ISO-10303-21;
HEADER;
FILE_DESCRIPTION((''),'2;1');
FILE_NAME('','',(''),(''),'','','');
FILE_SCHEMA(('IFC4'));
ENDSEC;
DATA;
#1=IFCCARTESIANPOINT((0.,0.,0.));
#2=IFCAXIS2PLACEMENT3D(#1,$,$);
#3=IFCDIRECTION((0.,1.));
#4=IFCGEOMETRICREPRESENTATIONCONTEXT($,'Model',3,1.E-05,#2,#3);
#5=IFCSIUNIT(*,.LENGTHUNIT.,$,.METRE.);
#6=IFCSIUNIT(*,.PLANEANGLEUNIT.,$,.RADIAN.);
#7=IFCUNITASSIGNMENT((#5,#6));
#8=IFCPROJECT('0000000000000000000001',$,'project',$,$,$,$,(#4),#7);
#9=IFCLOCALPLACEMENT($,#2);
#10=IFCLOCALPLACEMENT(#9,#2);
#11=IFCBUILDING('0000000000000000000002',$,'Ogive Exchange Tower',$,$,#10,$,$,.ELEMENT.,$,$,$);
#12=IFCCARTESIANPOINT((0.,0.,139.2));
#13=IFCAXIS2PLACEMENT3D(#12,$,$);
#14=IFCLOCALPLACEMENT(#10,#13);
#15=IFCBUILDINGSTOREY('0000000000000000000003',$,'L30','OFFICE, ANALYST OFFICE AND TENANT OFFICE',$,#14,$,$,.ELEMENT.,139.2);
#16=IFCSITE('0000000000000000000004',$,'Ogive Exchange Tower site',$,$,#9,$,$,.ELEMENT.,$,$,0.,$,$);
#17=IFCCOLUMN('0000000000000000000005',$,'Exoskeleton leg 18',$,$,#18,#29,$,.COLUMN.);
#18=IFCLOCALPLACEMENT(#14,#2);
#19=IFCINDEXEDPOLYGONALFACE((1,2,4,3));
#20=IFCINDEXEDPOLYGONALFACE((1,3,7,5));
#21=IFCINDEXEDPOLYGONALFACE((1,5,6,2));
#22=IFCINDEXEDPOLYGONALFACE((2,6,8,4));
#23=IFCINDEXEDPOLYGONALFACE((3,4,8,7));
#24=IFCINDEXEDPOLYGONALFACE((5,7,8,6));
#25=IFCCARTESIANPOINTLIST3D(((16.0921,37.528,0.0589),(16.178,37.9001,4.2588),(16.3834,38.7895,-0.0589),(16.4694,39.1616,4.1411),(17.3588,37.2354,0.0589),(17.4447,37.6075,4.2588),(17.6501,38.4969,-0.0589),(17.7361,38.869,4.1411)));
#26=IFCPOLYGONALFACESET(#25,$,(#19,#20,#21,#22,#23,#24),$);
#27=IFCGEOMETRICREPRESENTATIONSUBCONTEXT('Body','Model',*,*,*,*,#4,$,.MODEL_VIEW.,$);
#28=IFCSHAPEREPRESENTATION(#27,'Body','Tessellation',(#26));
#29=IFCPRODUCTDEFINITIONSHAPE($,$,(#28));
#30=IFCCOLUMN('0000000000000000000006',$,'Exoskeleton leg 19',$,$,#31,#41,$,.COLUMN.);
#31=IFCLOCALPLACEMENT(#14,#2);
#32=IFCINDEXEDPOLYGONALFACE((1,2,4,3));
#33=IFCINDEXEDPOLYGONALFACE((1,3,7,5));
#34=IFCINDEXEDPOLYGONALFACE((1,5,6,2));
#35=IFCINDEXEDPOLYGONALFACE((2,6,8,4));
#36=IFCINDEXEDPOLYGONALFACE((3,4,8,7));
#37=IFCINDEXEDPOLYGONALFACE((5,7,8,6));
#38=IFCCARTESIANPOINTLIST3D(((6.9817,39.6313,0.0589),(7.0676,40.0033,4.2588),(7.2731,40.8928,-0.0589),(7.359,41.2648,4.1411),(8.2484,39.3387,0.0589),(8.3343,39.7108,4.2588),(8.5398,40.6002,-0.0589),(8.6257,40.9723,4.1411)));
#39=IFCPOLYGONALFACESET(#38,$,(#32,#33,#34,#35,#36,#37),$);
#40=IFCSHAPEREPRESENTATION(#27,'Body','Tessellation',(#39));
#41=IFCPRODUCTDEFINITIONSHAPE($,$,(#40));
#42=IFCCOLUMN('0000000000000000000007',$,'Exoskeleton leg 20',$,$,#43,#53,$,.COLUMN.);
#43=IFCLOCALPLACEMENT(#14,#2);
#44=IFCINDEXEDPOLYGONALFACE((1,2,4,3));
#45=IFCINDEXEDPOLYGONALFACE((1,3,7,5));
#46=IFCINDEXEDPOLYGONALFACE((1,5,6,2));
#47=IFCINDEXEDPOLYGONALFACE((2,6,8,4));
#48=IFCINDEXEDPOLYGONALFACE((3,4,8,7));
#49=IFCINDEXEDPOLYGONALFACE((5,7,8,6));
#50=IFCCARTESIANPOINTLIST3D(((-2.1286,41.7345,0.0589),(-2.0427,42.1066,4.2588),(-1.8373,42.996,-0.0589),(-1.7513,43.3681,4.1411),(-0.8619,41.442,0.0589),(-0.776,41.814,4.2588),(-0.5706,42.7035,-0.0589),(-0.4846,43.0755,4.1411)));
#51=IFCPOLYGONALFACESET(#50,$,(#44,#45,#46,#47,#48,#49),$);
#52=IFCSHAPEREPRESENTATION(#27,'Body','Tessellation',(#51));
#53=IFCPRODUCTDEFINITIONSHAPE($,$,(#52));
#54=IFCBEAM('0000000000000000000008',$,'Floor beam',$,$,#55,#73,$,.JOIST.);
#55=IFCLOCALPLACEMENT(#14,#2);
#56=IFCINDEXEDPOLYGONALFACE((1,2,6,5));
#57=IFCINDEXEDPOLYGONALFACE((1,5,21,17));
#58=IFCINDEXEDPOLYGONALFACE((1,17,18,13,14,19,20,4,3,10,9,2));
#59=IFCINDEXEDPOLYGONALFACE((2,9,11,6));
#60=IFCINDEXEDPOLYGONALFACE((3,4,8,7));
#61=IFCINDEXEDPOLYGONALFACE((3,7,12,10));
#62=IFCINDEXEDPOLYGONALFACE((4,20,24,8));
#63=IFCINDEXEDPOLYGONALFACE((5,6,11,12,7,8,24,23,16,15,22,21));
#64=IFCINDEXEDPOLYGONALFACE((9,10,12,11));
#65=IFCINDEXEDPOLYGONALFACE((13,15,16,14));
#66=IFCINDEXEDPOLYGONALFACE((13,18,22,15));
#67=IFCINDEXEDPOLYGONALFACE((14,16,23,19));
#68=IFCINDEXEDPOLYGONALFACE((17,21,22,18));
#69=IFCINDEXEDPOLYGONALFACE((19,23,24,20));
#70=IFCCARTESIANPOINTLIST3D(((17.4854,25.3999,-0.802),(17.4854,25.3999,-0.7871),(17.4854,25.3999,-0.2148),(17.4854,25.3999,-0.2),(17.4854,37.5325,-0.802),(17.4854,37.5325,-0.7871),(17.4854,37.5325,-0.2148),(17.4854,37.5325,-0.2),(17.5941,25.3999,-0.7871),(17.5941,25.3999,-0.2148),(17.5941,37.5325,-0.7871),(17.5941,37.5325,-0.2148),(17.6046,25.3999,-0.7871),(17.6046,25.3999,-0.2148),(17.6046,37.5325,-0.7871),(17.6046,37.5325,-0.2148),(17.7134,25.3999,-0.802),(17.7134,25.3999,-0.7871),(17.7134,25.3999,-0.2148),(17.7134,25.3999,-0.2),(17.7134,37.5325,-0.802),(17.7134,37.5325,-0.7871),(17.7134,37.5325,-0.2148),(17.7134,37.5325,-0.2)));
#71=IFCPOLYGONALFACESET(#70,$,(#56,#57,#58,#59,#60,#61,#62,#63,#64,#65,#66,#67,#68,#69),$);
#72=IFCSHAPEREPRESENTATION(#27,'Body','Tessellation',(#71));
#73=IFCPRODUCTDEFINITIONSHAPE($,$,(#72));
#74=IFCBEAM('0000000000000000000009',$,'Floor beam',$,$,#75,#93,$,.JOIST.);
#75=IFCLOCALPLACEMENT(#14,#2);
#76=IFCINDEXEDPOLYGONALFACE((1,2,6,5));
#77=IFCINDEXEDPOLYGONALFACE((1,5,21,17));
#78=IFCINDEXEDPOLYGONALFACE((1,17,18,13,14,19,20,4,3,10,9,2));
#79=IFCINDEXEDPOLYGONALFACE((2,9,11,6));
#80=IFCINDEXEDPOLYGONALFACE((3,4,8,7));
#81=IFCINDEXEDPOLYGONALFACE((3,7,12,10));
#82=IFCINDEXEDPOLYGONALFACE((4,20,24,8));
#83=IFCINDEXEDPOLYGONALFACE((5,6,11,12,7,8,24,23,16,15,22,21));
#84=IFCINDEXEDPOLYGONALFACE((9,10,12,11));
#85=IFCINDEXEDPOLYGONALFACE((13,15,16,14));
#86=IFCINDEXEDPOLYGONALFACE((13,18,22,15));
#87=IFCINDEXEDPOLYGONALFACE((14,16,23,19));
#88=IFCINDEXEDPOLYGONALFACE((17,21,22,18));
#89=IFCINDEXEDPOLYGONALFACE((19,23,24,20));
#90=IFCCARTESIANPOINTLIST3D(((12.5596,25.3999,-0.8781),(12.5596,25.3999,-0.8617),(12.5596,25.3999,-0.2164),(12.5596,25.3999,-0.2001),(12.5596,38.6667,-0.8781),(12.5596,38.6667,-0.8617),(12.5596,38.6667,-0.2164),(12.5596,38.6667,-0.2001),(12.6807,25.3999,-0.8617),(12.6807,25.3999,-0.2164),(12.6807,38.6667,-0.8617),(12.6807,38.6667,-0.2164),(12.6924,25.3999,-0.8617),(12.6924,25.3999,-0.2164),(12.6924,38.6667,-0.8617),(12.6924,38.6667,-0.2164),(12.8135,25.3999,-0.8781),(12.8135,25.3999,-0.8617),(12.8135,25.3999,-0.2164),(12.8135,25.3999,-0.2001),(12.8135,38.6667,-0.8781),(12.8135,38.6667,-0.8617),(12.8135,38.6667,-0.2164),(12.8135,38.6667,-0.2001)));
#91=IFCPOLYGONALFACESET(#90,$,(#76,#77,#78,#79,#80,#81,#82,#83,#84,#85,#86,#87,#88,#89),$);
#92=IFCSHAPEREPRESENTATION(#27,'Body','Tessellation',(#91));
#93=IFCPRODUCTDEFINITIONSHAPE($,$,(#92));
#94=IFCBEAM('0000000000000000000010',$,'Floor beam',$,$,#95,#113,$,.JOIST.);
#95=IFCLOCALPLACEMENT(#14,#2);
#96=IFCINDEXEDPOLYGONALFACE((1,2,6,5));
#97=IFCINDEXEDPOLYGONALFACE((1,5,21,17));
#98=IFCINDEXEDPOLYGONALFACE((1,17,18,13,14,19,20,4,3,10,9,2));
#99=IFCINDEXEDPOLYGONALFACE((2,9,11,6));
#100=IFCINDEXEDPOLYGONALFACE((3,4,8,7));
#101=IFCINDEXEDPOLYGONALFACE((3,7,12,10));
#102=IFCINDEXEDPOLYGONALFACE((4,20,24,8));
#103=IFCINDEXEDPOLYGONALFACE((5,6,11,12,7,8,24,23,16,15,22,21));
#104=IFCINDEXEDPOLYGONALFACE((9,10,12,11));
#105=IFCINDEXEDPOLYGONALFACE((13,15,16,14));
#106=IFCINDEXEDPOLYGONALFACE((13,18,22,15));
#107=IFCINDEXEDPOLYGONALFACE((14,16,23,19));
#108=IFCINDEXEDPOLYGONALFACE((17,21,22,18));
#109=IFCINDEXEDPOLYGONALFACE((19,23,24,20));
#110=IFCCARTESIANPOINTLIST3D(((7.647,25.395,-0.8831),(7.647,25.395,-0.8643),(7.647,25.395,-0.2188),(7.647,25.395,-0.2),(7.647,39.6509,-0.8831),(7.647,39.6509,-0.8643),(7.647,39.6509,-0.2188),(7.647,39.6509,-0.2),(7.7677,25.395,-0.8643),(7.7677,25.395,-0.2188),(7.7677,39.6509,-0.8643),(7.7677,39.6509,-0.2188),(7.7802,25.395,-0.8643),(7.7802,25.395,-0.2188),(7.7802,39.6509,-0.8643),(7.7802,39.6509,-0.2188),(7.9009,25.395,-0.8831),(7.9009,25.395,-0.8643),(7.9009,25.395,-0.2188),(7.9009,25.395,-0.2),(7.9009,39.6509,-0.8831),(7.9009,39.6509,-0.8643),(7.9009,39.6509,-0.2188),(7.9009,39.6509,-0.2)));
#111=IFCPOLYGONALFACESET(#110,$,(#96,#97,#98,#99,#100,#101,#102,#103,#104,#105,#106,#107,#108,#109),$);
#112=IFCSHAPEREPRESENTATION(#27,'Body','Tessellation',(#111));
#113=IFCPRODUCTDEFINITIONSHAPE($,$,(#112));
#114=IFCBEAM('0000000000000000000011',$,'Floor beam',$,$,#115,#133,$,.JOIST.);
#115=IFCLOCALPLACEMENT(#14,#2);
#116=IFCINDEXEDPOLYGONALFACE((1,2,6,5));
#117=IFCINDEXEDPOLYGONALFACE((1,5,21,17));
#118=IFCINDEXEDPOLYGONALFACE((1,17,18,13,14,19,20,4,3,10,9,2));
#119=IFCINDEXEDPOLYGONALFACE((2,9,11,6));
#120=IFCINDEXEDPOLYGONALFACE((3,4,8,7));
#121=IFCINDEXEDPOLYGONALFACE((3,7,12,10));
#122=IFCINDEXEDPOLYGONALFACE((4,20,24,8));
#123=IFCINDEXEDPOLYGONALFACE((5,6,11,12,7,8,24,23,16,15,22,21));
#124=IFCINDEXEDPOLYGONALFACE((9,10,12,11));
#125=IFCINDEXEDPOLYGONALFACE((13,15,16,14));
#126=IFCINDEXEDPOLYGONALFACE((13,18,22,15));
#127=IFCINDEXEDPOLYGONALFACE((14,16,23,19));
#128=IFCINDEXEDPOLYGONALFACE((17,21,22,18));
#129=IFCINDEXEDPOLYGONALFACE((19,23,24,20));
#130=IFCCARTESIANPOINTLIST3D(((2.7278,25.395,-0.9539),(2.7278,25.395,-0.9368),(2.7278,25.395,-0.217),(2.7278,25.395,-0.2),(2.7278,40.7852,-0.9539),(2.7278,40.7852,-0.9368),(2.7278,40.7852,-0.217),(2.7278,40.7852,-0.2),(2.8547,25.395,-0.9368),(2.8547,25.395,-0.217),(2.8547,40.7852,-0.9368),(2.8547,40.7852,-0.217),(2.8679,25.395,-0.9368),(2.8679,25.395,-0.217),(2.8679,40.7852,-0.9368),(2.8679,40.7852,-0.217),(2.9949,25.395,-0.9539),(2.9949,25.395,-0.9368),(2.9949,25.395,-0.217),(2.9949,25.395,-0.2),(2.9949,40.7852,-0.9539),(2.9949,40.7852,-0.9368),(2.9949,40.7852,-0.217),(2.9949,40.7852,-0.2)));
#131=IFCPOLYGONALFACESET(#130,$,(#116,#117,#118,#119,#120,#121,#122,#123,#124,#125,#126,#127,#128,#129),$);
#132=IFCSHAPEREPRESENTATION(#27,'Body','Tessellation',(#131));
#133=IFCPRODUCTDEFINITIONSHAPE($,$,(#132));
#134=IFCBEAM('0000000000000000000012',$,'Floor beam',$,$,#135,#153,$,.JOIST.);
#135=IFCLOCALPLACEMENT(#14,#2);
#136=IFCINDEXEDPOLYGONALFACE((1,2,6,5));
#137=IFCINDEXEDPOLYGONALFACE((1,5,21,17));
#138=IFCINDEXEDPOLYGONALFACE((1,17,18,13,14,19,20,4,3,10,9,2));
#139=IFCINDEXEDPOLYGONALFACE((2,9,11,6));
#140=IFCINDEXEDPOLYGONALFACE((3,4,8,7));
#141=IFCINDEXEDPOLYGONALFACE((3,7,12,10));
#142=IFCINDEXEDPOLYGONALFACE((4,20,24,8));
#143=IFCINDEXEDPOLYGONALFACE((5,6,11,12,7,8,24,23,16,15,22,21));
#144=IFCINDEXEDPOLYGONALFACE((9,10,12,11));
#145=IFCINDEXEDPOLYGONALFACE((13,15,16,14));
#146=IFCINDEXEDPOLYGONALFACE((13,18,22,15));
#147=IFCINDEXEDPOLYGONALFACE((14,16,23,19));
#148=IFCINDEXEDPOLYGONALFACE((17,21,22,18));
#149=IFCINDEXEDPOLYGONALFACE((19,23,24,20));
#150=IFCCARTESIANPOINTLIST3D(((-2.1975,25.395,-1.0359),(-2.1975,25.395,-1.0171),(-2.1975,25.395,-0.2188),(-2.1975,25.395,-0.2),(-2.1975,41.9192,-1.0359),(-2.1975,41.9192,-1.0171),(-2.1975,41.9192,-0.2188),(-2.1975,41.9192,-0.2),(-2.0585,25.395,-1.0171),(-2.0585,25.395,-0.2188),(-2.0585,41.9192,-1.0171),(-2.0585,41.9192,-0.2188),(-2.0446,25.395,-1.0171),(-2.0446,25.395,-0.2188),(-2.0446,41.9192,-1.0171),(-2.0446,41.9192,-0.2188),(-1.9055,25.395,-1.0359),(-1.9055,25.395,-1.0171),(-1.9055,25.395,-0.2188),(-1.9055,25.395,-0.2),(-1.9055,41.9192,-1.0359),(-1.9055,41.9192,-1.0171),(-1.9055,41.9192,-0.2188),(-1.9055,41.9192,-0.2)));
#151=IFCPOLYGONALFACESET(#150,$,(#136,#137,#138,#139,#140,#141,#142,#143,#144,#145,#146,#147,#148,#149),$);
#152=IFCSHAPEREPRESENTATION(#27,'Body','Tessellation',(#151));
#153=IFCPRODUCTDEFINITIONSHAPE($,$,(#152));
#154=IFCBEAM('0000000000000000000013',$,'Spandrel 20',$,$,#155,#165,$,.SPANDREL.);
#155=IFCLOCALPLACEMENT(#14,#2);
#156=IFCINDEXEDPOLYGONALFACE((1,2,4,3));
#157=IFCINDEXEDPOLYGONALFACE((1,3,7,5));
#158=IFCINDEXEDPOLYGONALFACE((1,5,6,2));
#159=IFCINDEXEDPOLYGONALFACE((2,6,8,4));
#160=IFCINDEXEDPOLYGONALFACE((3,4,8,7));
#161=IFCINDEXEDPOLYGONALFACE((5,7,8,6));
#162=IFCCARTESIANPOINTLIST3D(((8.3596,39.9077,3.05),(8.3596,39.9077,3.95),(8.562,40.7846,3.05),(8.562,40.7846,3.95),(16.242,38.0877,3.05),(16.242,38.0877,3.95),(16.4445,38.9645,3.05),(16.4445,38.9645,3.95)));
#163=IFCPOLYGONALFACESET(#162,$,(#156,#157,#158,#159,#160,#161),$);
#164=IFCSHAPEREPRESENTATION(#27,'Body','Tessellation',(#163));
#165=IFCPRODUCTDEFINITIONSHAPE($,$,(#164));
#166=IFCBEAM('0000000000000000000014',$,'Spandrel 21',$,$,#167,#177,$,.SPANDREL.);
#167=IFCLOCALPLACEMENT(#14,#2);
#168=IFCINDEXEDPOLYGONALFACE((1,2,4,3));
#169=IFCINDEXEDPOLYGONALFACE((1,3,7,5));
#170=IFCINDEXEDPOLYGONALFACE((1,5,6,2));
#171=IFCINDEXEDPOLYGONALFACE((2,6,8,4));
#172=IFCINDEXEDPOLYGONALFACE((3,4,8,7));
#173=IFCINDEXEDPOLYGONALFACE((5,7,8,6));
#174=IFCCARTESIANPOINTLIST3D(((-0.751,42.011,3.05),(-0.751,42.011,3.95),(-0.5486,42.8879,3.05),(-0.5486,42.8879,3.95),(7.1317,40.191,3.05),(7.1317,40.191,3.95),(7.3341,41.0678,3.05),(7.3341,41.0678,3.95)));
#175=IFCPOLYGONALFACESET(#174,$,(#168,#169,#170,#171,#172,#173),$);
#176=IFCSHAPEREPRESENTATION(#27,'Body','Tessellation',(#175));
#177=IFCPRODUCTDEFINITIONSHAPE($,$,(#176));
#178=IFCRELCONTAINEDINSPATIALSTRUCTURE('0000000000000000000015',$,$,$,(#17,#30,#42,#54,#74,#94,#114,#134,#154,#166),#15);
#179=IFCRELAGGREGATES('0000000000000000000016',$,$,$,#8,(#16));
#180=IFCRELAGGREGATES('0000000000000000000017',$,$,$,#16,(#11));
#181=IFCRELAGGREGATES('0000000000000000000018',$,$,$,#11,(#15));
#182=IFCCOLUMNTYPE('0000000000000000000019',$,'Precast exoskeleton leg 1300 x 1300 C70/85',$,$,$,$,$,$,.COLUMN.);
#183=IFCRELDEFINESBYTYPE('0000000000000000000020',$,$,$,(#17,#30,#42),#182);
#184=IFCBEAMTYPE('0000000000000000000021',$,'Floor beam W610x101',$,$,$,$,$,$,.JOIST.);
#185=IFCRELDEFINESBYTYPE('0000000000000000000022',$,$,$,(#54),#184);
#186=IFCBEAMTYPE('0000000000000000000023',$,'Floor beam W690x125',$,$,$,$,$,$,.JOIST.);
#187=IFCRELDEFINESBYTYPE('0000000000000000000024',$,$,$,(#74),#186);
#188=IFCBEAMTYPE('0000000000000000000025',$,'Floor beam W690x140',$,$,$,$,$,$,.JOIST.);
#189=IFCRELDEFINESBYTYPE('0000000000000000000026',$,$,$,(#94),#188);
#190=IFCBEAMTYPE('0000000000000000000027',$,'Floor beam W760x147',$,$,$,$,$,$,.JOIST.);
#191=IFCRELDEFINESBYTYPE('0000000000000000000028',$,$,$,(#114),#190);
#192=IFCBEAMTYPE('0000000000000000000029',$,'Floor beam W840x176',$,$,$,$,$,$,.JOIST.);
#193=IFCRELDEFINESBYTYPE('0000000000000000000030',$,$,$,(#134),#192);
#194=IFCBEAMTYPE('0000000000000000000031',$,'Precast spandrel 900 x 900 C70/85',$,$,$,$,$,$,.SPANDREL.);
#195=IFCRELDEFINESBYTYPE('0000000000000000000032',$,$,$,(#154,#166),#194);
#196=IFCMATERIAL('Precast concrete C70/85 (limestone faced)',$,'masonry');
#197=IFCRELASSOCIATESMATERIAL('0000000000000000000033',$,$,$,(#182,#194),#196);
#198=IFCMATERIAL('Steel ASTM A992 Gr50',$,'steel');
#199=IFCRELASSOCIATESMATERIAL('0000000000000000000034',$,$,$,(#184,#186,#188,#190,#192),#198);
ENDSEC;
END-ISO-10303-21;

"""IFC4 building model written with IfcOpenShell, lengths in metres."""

from ifc_helpers import new_model, si_unit, direction, frame, origin, origin_2d, place, context, subcontext, project, spatial, rectangle, i_section, extrude, material, material_profile, profile_set, type_object, element, save


model = new_model("IFC4")

# Units and contexts
model_context = context("Model", 3, precision=1e-05, world=origin(), true_north=direction((0.0, 1.0)))
body_context = subcontext(model_context, "Body", "Model", "MODEL_VIEW")
ifc_project = project(units=[si_unit("LENGTHUNIT", "METRE"), si_unit("PLANEANGLEUNIT", "RADIAN")], contexts=[model_context])

# Site, building, storey
site_placement = place(None, origin())
site = spatial("IfcSite", under=ifc_project, at=site_placement, Name="Ogive Exchange Tower site", CompositionType="ELEMENT", RefElevation=0.0)
building_placement = place(site_placement, origin())
building = spatial("IfcBuilding", under=site, at=building_placement, Name="Ogive Exchange Tower", CompositionType="ELEMENT")
storey_placement = place(building_placement, frame((0.0, 0.0, 139.2)))
storey = spatial("IfcBuildingStorey", under=building, at=storey_placement, Name="L30", Description="OFFICE, ANALYST OFFICE AND TENANT OFFICE", CompositionType="ELEMENT", Elevation=139.2)

# Columns
ifc_material_1 = material(Name="Precast concrete C70/85 (limestone faced)", Category="masonry")
ifc_material_profile_1 = material_profile(ifc_material_1, rectangle(XDim=1.3, YDim=1.3, at=origin_2d()), Name="1300 x 1300")
ifc_profile_set_1 = profile_set([ifc_material_profile_1], Name="Precast concrete C70/85 (limestone faced)")
column_type = type_object("IfcColumnType", Name="Precast exoskeleton leg 1300 x 1300 C70/85", PredefinedType="COLUMN", material=ifc_profile_set_1)
for number, where, z_axis, x_axis, name in (
    (1, (16.8711, 38.0125, 0.0), (0.020377, 0.088225, 0.995892), (-0.974348, 0.225046, 0.0), "Exoskeleton leg 18"),
    (2, (7.7607, 40.1157, 0.0), (0.020377, 0.088225, 0.995892), (-0.974348, 0.225046, 0.0), "Exoskeleton leg 19"),
    (3, (-1.3496, 42.219, 0.0), (0.020377, 0.088225, 0.995892), (-0.974348, 0.225046, 0.0), "Exoskeleton leg 20"),
):
    element("IfcColumn", number, at=place(storey_placement, frame(where, z_axis=z_axis, x_axis=x_axis)), inside=storey, type_object=column_type, Name=name, PredefinedType="COLUMN", context=body_context, shape_type="SweptSolid", body=[
        extrude(rectangle(XDim=1.3, YDim=1.3, at=origin_2d()), origin(), (0.0, 0.0, 1.0), 4.2173),
    ])

# Beams
ifc_material_2 = material(Name="Steel ASTM A992 Gr50", Category="steel")
ifc_material_profile_2 = material_profile(ifc_material_2, i_section(OverallWidth=0.228, OverallDepth=0.6021, WebThickness=0.0105, FlangeThickness=0.0149, at=origin_2d()), Name="W610x101")
ifc_profile_set_2 = profile_set([ifc_material_profile_2], Name="Steel ASTM A992 Gr50")
beam_type_1 = type_object("IfcBeamType", Name="Floor beam W610x101", PredefinedType="JOIST", material=ifc_profile_set_2)
beam_1_placement = place(storey_placement, frame((17.5994, 25.3999, -0.501), z_axis=(0.0, 1.0, 0.0), x_axis=(-1.0, 0.0, 0.0)))
element("IfcBeam", 4, at=beam_1_placement, inside=storey, type_object=beam_type_1, Name="Floor beam", PredefinedType="JOIST", context=body_context, shape_type="SweptSolid", body=[
    extrude(i_section(OverallWidth=0.228, OverallDepth=0.6021, WebThickness=0.0105, FlangeThickness=0.0149, at=origin_2d()), origin(), (0.0, 0.0, 1.0), 12.1326),
])
ifc_material_profile_3 = material_profile(ifc_material_2, i_section(OverallWidth=0.2539, OverallDepth=0.678, WebThickness=0.0117, FlangeThickness=0.0164, at=origin_2d()), Name="W690x125")
ifc_profile_set_3 = profile_set([ifc_material_profile_3], Name="Steel ASTM A992 Gr50")
beam_type_2 = type_object("IfcBeamType", Name="Floor beam W690x125", PredefinedType="JOIST", material=ifc_profile_set_3)
beam_2_placement = place(storey_placement, frame((12.6865, 25.3999, -0.5391), z_axis=(0.0, 1.0, 0.0), x_axis=(-1.0, 0.0, 0.0)))
element("IfcBeam", 5, at=beam_2_placement, inside=storey, type_object=beam_type_2, Name="Floor beam", PredefinedType="JOIST", context=body_context, shape_type="SweptSolid", body=[
    extrude(i_section(OverallWidth=0.2539, OverallDepth=0.678, WebThickness=0.0117, FlangeThickness=0.0164, at=origin_2d()), origin(), (0.0, 0.0, 1.0), 13.2668),
])
ifc_material_profile_4 = material_profile(ifc_material_2, i_section(OverallWidth=0.2539, OverallDepth=0.6831, WebThickness=0.0125, FlangeThickness=0.0188, at=origin_2d()), Name="W690x140")
ifc_profile_set_4 = profile_set([ifc_material_profile_4], Name="Steel ASTM A992 Gr50")
beam_type_3 = type_object("IfcBeamType", Name="Floor beam W690x140", PredefinedType="JOIST", material=ifc_profile_set_4)
beam_3_placement = place(storey_placement, frame((7.7739, 25.395, -0.5415), z_axis=(0.0, 1.0, 0.0), x_axis=(-1.0, 0.0, 0.0)))
element("IfcBeam", 6, at=beam_3_placement, inside=storey, type_object=beam_type_3, Name="Floor beam", PredefinedType="JOIST", context=body_context, shape_type="SweptSolid", body=[
    extrude(i_section(OverallWidth=0.2539, OverallDepth=0.6831, WebThickness=0.0125, FlangeThickness=0.0188, at=origin_2d()), origin(), (0.0, 0.0, 1.0), 14.2559),
])
ifc_material_profile_5 = material_profile(ifc_material_2, i_section(OverallWidth=0.2671, OverallDepth=0.7539, WebThickness=0.0132, FlangeThickness=0.0171, at=origin_2d()), Name="W760x147")
ifc_profile_set_5 = profile_set([ifc_material_profile_5], Name="Steel ASTM A992 Gr50")
beam_type_4 = type_object("IfcBeamType", Name="Floor beam W760x147", PredefinedType="JOIST", material=ifc_profile_set_5)
beam_4_placement = place(storey_placement, frame((2.8613, 25.395, -0.5769), z_axis=(0.0, 1.0, 0.0), x_axis=(-1.0, 0.0, 0.0)))
element("IfcBeam", 7, at=beam_4_placement, inside=storey, type_object=beam_type_4, Name="Floor beam", PredefinedType="JOIST", context=body_context, shape_type="SweptSolid", body=[
    extrude(i_section(OverallWidth=0.2671, OverallDepth=0.7539, WebThickness=0.0132, FlangeThickness=0.0171, at=origin_2d()), origin(), (0.0, 0.0, 1.0), 15.3901),
])
ifc_material_profile_6 = material_profile(ifc_material_2, i_section(OverallWidth=0.292, OverallDepth=0.8359, WebThickness=0.0139, FlangeThickness=0.0188, at=origin_2d()), Name="W840x176")
ifc_profile_set_6 = profile_set([ifc_material_profile_6], Name="Steel ASTM A992 Gr50")
beam_type_5 = type_object("IfcBeamType", Name="Floor beam W840x176", PredefinedType="JOIST", material=ifc_profile_set_6)
beam_5_placement = place(storey_placement, frame((-2.0515, 25.395, -0.6179), z_axis=(0.0, 1.0, 0.0), x_axis=(-1.0, 0.0, 0.0)))
element("IfcBeam", 8, at=beam_5_placement, inside=storey, type_object=beam_type_5, Name="Floor beam", PredefinedType="JOIST", context=body_context, shape_type="SweptSolid", body=[
    extrude(i_section(OverallWidth=0.292, OverallDepth=0.8359, WebThickness=0.0139, FlangeThickness=0.0188, at=origin_2d()), origin(), (0.0, 0.0, 1.0), 16.5242),
])
ifc_material_profile_7 = material_profile(ifc_material_1, rectangle(XDim=0.8999, YDim=0.8999, at=origin_2d()), Name="900 x 900")
ifc_profile_set_7 = profile_set([ifc_material_profile_7], Name="Precast concrete C70/85 (limestone faced)")
beam_type_6 = type_object("IfcBeamType", Name="Precast spandrel 900 x 900 C70/85", PredefinedType="SPANDREL", material=ifc_profile_set_7)
beam_6_placement = place(storey_placement, frame((16.3433, 38.5261, 3.5), z_axis=(-0.974364, 0.224979, 0.0), x_axis=(-0.224979, -0.974364, 0.0)))
element("IfcBeam", 9, at=beam_6_placement, inside=storey, type_object=beam_type_6, Name="Spandrel 20", PredefinedType="SPANDREL", context=body_context, shape_type="SweptSolid", body=[
    extrude(rectangle(XDim=0.8999, YDim=0.8999, at=origin_2d()), origin(), (0.0, 0.0, 1.0), 8.0898),
])
for number, where, z_axis, x_axis, name in (
    (10, (7.2329, 40.6294, 3.5), (-0.974365, 0.224972, 0.0), (-0.224972, -0.974365, 0.0), "Spandrel 21"),
):
    element("IfcBeam", number, at=place(storey_placement, frame(where, z_axis=z_axis, x_axis=x_axis)), inside=storey, type_object=beam_type_6, Name=name, PredefinedType="SPANDREL", context=body_context, shape_type="SweptSolid", body=[
        extrude(rectangle(XDim=0.8999, YDim=0.8999, at=origin_2d()), origin(), (0.0, 0.0, 1.0), 8.0901),
    ])

save(model, "model.ifc")
